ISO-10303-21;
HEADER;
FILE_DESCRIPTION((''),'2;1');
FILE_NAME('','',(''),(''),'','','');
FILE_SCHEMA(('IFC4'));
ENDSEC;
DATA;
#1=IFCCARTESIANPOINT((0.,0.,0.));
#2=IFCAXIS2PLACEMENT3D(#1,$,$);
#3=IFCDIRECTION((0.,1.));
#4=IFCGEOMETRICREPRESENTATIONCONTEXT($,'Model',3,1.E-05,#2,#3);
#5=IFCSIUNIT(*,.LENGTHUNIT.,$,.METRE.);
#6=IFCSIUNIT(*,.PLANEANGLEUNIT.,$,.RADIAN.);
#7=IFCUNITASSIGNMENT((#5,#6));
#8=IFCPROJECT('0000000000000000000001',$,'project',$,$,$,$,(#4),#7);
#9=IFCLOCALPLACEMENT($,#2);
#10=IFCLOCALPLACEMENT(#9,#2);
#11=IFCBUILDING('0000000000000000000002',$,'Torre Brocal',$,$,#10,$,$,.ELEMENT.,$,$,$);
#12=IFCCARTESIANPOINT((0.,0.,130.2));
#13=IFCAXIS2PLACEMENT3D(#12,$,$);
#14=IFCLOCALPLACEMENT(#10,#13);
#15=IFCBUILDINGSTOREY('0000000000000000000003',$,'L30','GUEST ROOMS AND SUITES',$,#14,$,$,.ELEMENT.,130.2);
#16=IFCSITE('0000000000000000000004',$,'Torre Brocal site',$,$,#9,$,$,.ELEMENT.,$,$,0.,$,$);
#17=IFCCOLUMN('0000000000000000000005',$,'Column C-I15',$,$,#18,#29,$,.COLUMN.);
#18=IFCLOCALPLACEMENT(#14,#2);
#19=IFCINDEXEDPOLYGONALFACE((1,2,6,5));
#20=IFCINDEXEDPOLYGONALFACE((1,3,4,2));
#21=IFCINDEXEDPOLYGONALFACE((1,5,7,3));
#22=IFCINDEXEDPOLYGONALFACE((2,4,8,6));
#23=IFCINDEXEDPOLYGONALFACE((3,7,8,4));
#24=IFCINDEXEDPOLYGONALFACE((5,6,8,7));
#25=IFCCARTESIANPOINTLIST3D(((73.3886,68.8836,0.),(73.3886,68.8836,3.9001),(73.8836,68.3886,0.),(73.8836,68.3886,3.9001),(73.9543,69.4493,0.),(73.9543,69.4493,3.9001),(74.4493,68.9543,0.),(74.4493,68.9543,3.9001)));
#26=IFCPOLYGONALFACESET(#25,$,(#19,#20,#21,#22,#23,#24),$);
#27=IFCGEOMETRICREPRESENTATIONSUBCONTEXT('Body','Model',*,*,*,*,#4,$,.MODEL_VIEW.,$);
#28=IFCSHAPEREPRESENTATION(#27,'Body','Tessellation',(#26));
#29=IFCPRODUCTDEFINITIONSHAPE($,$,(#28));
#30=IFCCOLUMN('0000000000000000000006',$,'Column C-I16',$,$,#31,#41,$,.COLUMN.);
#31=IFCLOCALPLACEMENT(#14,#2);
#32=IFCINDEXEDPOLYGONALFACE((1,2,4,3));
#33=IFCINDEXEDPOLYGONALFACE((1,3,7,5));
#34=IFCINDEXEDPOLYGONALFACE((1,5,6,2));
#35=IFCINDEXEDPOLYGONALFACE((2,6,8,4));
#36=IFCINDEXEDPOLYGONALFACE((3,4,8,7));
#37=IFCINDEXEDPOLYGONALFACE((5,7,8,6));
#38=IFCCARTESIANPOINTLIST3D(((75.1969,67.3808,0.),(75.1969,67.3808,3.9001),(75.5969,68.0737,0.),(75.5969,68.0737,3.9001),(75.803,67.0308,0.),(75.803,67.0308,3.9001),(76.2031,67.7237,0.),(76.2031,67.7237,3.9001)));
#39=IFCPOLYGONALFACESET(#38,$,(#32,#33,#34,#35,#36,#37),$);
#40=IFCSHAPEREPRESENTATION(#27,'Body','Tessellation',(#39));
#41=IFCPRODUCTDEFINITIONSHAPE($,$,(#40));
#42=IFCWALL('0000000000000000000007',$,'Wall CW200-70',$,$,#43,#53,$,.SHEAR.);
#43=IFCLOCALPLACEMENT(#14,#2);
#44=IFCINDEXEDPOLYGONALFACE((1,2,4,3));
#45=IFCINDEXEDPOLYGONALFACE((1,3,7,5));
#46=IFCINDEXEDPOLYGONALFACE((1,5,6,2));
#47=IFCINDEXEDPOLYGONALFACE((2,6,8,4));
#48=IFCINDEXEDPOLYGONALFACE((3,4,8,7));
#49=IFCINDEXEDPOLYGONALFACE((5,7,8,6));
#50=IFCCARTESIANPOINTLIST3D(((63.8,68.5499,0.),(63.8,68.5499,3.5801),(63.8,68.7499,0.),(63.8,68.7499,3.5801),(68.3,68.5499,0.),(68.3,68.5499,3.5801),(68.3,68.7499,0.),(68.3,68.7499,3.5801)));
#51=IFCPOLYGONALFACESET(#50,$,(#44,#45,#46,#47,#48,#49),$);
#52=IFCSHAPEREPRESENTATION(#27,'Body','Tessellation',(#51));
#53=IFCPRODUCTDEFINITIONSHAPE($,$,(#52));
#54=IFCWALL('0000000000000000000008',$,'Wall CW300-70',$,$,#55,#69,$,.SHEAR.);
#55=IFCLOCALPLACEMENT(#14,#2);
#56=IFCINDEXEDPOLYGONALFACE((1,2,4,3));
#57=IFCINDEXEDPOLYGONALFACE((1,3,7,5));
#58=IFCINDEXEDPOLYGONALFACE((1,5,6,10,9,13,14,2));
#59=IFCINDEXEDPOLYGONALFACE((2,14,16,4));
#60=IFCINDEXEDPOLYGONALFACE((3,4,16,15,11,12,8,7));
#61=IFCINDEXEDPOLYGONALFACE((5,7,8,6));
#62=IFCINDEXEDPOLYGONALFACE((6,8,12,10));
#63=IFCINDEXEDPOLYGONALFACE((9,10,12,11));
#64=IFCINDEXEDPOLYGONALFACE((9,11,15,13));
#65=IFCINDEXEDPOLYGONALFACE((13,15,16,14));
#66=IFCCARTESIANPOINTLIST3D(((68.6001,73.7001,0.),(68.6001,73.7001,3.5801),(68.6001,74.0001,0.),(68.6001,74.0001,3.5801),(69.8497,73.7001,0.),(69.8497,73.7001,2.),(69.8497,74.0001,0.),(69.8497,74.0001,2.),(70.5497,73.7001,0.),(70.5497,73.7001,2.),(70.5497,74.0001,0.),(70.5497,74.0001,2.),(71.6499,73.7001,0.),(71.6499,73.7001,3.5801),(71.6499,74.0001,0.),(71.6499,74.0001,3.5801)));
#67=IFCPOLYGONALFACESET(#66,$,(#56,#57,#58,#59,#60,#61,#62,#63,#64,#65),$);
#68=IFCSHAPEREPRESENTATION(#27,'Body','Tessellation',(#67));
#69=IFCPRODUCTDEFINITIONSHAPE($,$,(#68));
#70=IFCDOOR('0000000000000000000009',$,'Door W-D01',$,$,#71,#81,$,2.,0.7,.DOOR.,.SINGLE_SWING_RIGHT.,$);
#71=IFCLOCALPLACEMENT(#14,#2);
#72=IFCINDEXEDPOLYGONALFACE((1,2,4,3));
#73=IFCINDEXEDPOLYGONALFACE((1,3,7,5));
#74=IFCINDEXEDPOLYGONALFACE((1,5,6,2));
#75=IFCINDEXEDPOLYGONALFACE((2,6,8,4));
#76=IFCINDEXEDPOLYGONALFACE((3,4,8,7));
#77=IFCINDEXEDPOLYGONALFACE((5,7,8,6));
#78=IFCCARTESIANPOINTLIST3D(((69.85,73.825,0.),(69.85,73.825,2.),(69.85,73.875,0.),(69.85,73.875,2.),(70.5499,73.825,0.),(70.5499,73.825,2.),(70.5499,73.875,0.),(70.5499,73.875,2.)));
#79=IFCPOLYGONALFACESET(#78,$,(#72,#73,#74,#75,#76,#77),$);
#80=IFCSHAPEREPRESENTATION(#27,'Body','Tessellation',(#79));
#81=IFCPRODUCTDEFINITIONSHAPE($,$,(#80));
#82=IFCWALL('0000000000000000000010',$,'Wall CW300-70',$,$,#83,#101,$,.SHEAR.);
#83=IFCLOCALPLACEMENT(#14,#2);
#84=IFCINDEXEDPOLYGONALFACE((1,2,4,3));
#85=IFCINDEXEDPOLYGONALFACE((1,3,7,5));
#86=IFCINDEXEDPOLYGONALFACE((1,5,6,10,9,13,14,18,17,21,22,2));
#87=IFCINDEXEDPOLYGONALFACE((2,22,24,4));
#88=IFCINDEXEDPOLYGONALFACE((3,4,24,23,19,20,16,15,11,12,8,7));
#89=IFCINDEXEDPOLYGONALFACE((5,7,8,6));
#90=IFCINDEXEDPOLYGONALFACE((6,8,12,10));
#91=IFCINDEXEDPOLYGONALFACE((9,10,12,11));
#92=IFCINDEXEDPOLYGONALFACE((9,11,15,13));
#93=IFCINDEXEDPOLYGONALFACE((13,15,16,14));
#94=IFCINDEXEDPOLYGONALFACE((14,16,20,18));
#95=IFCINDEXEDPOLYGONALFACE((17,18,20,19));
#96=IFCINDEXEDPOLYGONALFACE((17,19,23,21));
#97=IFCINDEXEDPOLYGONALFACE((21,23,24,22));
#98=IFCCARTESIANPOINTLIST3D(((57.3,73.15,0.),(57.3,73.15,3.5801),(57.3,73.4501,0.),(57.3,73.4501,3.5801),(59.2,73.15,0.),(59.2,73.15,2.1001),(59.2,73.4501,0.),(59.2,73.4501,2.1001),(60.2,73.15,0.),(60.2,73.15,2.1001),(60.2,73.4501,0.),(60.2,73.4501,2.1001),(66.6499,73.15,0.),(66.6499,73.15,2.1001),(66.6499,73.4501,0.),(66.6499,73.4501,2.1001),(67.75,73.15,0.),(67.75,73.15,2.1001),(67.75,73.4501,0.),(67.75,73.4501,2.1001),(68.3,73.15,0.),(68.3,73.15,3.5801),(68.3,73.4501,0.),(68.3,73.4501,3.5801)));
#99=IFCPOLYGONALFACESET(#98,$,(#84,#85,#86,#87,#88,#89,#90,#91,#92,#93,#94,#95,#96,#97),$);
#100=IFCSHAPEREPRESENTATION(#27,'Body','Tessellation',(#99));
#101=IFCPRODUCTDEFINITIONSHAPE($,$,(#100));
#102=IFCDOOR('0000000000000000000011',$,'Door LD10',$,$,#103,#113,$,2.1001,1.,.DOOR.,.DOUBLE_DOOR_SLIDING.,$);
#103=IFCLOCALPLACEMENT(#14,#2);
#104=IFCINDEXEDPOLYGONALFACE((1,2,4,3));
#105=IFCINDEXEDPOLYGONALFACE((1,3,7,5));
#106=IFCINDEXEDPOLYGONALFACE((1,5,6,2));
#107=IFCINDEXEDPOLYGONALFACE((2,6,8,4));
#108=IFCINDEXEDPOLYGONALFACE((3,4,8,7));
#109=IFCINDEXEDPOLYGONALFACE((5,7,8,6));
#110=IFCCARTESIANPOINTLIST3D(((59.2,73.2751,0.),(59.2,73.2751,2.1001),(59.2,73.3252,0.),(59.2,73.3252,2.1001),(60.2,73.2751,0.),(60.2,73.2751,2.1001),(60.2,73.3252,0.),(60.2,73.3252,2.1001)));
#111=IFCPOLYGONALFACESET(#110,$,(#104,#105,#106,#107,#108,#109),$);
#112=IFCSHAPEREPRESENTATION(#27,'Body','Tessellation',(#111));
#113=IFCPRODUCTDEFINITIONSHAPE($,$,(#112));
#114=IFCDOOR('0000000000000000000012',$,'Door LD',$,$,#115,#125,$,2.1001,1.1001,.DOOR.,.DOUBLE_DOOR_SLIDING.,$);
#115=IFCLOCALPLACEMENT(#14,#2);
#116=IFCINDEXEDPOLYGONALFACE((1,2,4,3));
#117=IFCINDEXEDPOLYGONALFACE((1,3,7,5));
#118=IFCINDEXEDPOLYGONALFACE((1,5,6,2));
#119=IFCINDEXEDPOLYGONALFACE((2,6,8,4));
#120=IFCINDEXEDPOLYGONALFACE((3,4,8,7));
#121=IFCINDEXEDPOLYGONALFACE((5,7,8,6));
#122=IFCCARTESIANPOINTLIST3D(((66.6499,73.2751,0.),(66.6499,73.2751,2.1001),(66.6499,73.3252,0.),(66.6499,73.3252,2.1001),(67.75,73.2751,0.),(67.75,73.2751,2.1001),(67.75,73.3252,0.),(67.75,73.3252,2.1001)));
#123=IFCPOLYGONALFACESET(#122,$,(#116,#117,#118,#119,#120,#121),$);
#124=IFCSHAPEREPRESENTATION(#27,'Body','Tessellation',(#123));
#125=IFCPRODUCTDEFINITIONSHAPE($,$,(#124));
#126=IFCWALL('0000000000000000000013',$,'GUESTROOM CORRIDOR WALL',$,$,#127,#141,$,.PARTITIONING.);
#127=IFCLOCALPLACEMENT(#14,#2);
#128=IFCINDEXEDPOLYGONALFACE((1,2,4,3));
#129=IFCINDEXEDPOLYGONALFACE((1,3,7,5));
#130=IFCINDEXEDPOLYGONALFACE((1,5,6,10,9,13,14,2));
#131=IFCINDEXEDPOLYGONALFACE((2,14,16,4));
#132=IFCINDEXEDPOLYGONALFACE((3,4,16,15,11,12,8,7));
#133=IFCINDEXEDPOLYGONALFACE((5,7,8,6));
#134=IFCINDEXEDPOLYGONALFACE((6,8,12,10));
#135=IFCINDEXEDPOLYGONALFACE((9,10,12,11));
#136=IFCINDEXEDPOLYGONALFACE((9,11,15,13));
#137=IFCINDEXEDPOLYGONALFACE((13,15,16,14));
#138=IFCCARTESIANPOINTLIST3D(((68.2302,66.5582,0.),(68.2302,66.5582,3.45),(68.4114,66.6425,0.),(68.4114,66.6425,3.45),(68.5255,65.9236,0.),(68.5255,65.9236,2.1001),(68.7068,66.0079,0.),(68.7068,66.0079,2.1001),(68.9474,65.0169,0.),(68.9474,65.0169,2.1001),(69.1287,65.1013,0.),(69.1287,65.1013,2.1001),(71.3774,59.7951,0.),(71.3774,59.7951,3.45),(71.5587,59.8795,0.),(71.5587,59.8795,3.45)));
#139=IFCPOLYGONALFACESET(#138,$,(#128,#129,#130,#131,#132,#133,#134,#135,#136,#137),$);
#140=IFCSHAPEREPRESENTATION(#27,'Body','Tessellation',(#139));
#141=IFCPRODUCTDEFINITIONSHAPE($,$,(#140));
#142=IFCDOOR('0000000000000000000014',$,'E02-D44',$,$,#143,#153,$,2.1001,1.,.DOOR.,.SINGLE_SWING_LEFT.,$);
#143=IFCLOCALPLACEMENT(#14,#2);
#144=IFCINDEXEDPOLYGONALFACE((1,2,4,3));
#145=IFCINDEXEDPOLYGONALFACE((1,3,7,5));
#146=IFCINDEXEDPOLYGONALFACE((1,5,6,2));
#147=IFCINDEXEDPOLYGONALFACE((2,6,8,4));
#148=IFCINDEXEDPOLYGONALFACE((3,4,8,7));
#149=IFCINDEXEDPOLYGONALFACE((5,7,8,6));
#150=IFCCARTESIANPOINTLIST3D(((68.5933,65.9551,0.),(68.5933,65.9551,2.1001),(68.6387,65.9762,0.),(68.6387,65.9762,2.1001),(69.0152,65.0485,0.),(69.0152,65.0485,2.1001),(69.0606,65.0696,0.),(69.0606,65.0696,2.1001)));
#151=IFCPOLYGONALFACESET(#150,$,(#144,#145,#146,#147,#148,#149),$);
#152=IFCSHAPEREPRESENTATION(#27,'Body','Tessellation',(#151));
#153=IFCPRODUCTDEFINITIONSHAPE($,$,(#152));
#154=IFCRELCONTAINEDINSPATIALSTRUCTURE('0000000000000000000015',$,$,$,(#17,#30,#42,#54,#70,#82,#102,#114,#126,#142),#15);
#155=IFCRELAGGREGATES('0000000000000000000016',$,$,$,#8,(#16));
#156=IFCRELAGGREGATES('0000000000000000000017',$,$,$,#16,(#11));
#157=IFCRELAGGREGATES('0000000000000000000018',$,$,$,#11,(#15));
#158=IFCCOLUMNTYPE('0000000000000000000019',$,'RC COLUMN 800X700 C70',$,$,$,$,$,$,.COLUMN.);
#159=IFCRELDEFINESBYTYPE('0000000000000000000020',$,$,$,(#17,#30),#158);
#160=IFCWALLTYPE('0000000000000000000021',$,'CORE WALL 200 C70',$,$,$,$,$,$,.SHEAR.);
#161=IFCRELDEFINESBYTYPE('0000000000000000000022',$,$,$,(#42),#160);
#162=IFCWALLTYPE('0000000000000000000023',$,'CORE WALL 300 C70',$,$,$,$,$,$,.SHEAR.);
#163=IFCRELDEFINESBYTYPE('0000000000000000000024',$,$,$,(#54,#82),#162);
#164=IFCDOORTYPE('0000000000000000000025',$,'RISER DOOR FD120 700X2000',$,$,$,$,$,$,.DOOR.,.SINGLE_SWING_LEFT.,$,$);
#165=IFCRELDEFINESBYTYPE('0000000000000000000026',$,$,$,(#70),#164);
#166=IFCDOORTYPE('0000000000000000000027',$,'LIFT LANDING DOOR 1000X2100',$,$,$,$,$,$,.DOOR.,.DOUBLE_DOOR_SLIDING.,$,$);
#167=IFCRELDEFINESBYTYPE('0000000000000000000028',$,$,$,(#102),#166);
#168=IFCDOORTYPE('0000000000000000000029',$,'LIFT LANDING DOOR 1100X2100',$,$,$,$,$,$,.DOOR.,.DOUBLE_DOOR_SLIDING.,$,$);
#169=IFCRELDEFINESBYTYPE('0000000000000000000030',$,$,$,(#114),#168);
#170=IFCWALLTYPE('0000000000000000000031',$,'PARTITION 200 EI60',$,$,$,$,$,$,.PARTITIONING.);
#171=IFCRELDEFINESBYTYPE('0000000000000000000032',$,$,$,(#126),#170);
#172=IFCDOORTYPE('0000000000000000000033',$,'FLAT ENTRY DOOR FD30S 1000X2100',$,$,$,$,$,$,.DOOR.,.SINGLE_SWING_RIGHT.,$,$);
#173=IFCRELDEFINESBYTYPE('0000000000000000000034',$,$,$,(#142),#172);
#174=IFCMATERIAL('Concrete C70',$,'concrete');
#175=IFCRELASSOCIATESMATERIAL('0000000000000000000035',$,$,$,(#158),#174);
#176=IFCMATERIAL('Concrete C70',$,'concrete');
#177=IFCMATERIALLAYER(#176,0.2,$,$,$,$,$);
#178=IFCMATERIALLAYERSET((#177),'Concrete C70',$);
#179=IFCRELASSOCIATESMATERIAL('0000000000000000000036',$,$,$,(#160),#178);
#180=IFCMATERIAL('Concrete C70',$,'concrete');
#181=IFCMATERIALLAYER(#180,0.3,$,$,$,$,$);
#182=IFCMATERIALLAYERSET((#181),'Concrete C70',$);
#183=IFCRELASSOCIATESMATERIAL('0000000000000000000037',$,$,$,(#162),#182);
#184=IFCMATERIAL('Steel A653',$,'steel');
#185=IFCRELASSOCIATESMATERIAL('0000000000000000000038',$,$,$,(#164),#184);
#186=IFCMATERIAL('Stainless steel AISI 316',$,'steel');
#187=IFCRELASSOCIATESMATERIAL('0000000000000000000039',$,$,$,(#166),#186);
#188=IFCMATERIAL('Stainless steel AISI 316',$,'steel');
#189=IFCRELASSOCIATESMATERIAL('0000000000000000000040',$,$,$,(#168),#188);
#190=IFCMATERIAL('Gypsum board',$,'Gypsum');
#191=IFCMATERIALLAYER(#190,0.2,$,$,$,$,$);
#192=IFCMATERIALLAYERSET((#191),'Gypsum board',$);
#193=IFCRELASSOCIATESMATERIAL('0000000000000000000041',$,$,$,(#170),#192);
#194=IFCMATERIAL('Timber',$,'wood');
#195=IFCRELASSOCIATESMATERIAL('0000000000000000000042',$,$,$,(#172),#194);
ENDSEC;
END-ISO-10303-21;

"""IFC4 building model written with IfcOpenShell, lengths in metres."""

from ifc_helpers import new_model, si_unit, direction, frame, frame_2d, origin, origin_2d, place, context, subcontext, project, spatial, rectangle, extrude, material, layer, layer_set, material_profile, profile_set, type_object, element, fill, save


model = new_model("IFC4")

# Units and contexts
model_context = context("Model", 3, precision=1e-05, world=origin(), true_north=direction((0.0, 1.0)))
body_context = subcontext(model_context, "Body", "Model", "MODEL_VIEW")
ifc_project = project(units=[si_unit("LENGTHUNIT", "METRE"), si_unit("PLANEANGLEUNIT", "RADIAN")], contexts=[model_context])

# Site, building, storey
site_placement = place(None, origin())
site = spatial("IfcSite", under=ifc_project, at=site_placement, Name="Torre Brocal site", CompositionType="ELEMENT", RefElevation=0.0)
building_placement = place(site_placement, origin())
building = spatial("IfcBuilding", under=site, at=building_placement, Name="Torre Brocal", CompositionType="ELEMENT")
storey_placement = place(building_placement, frame((0.0, 0.0, 130.2)))
storey = spatial("IfcBuildingStorey", under=building, at=storey_placement, Name="L30", Description="GUEST ROOMS AND SUITES", CompositionType="ELEMENT", Elevation=130.2)

# Columns
ifc_material_1 = material(Name="Concrete C70", Category="concrete")
ifc_material_profile = material_profile(ifc_material_1, rectangle(XDim=0.8, YDim=0.7, at=origin_2d()), Name="RC 800X700")
ifc_profile_set = profile_set([ifc_material_profile], Name="Concrete C70")
column_type = type_object("IfcColumnType", Name="RC COLUMN 800X700 C70", PredefinedType="COLUMN", material=ifc_profile_set)
for number, where, z_axis, x_axis, name in (
    (1, (73.9189, 68.9189, 0.0), (0.0, 0.0, 1.0), (-0.707107, -0.707107, 0.0), "Column C-I15"),
    (2, (75.7, 67.5522, 0.0), (0.0, 0.0, 1.0), (-0.5, -0.866025, 0.0), "Column C-I16"),
):
    element("IfcColumn", number, at=place(storey_placement, frame(where, z_axis=z_axis, x_axis=x_axis)), inside=storey, type_object=column_type, Name=name, PredefinedType="COLUMN", context=body_context, shape_type="SweptSolid", body=[
        extrude(rectangle(XDim=0.8, YDim=0.7, at=origin_2d()), origin(), (0.0, 0.0, 1.0), 3.9001),
    ])

# Wall
ifc_material_2 = material(Name="Concrete C70", Category="concrete")
ifc_layer_1 = layer(ifc_material_2, 0.2)
ifc_layer_set_1 = layer_set([ifc_layer_1], Name="Concrete C70")
wall_type_1 = type_object("IfcWallType", Name="CORE WALL 200 C70", PredefinedType="SHEAR", material=ifc_layer_set_1)
wall_1_placement = place(storey_placement, frame((68.3, 68.6499, 0.0), z_axis=(0.0, 0.0, 1.0), x_axis=(-1.0, 0.0, 0.0)))
element("IfcWall", 3, at=wall_1_placement, inside=storey, type_object=wall_type_1, Name="Wall CW200-70", PredefinedType="SHEAR", context=body_context, shape_type="SweptSolid", body=[
    extrude(rectangle(XDim=4.5, YDim=0.2, at=frame_2d((2.25, 0.0))), origin(), (0.0, 0.0, 1.0), 3.5801),
])

# Wall, opening, door
ifc_material_3 = material(Name="Concrete C70", Category="concrete")
ifc_layer_2 = layer(ifc_material_3, 0.3)
ifc_layer_set_2 = layer_set([ifc_layer_2], Name="Concrete C70")
wall_type_2 = type_object("IfcWallType", Name="CORE WALL 300 C70", PredefinedType="SHEAR", material=ifc_layer_set_2)
wall_2_placement = place(storey_placement, frame((71.6499, 73.8501, 0.0), z_axis=(0.0, 0.0, 1.0), x_axis=(-1.0, 0.0, 0.0)))
wall_2 = element("IfcWall", 4, at=wall_2_placement, inside=storey, type_object=wall_type_2, Name="Wall CW300-70", PredefinedType="SHEAR", context=body_context, shape_type="SweptSolid", body=[
    extrude(rectangle(XDim=3.0498, YDim=0.3, at=frame_2d((1.5249, 0.0))), origin(), (0.0, 0.0, 1.0), 3.5801),
])
opening_1_placement = place(wall_2_placement, frame((1.1001, 0.0, 0.0)))
opening_1 = element("IfcOpeningElement", 5, at=opening_1_placement, cuts=wall_2, PredefinedType="OPENING", context=body_context, shape_type="SweptSolid", body=[
    extrude(rectangle(XDim=0.7, YDim=2.0, at=frame_2d((0.3501, 1.0))), frame((0.0, 0.1599, 0.0), z_axis=(0.0, -1.0, 0.0), x_axis=(1.0, 0.0, 0.0)), (0.0, 0.0, 1.0), 0.3201),
])
ifc_material_4 = material(Name="Steel A653", Category="steel")
door_type_1 = type_object("IfcDoorType", Name="RISER DOOR FD120 700X2000", OperationType="SINGLE_SWING_LEFT", PredefinedType="DOOR", material=ifc_material_4)
door_1_placement = place(opening_1_placement, frame((0.7, 0.0, 0.0), z_axis=(0.0, 0.0, 1.0), x_axis=(-1.0, 0.0, 0.0)))
door_1 = element("IfcDoor", 6, at=door_1_placement, inside=storey, type_object=door_type_1, Name="Door W-D01", OperationType="SINGLE_SWING_RIGHT", OverallHeight=2.0, OverallWidth=0.7, PredefinedType="DOOR", context=body_context, shape_type="SweptSolid", body=[
    extrude(rectangle(XDim=0.7, YDim=2.0, at=frame_2d((0.3501, 1.0))), frame((0.0, 0.0249, 0.0), z_axis=(0.0, -1.0, 0.0), x_axis=(1.0, 0.0, 0.0)), (0.0, 0.0, 1.0), 0.05),
])
fill(opening_1, door_1)

# Wall, openings, doors
wall_3_placement = place(storey_placement, frame((68.3, 73.3, 0.0), z_axis=(0.0, 0.0, 1.0), x_axis=(-1.0, 0.0, 0.0)))
wall_3 = element("IfcWall", 7, at=wall_3_placement, inside=storey, type_object=wall_type_2, Name="Wall CW300-70", PredefinedType="SHEAR", context=body_context, shape_type="SweptSolid", body=[
    extrude(rectangle(XDim=11.0, YDim=0.3, at=frame_2d((5.5, 0.0))), origin(), (0.0, 0.0, 1.0), 3.5801),
])
opening_2_placement = place(wall_3_placement, frame((0.55, 0.0, 0.0)))
opening_2 = element("IfcOpeningElement", 8, at=opening_2_placement, cuts=wall_3, PredefinedType="OPENING", context=body_context, shape_type="SweptSolid", body=[
    extrude(rectangle(XDim=1.1001, YDim=2.1001, at=frame_2d((0.55, 1.05))), frame((0.0, 0.1599, 0.0), z_axis=(0.0, -1.0, 0.0), x_axis=(1.0, 0.0, 0.0)), (0.0, 0.0, 1.0), 0.3201),
])
opening_3_placement = place(wall_3_placement, frame((8.1001, 0.0, 0.0)))
opening_3 = element("IfcOpeningElement", 9, at=opening_3_placement, cuts=wall_3, PredefinedType="OPENING", context=body_context, shape_type="SweptSolid", body=[
    extrude(rectangle(XDim=1.0, YDim=2.1001, at=frame_2d((0.5, 1.05))), frame((0.0, 0.1599, 0.0), z_axis=(0.0, -1.0, 0.0), x_axis=(1.0, 0.0, 0.0)), (0.0, 0.0, 1.0), 0.3201),
])
ifc_material_5 = material(Name="Stainless steel AISI 316", Category="steel")
door_type_2 = type_object("IfcDoorType", Name="LIFT LANDING DOOR 1000X2100", OperationType="DOUBLE_DOOR_SLIDING", PredefinedType="DOOR", material=ifc_material_5)
door_2_placement = place(opening_3_placement, origin())
door_2 = element("IfcDoor", 10, at=door_2_placement, inside=storey, type_object=door_type_2, Name="Door LD10", OperationType="DOUBLE_DOOR_SLIDING", OverallHeight=2.1001, OverallWidth=1.0, PredefinedType="DOOR", context=body_context, shape_type="SweptSolid", body=[
    extrude(rectangle(XDim=1.0, YDim=2.1001, at=frame_2d((0.5, 1.05))), frame((0.0, 0.0249, 0.0), z_axis=(0.0, -1.0, 0.0), x_axis=(1.0, 0.0, 0.0)), (0.0, 0.0, 1.0), 0.05),
])
fill(opening_3, door_2)
ifc_material_6 = material(Name="Stainless steel AISI 316", Category="steel")
door_type_3 = type_object("IfcDoorType", Name="LIFT LANDING DOOR 1100X2100", OperationType="DOUBLE_DOOR_SLIDING", PredefinedType="DOOR", material=ifc_material_6)
door_3_placement = place(opening_2_placement, origin())
door_3 = element("IfcDoor", 11, at=door_3_placement, inside=storey, type_object=door_type_3, Name="Door LD", OperationType="DOUBLE_DOOR_SLIDING", OverallHeight=2.1001, OverallWidth=1.1001, PredefinedType="DOOR", context=body_context, shape_type="SweptSolid", body=[
    extrude(rectangle(XDim=1.1001, YDim=2.1001, at=frame_2d((0.55, 1.05))), frame((0.0, 0.0249, 0.0), z_axis=(0.0, -1.0, 0.0), x_axis=(1.0, 0.0, 0.0)), (0.0, 0.0, 1.0), 0.05),
])
fill(opening_2, door_3)

# Wall, opening, door
ifc_material_7 = material(Name="Gypsum board", Category="Gypsum")
ifc_layer_3 = layer(ifc_material_7, 0.2)
ifc_layer_set_3 = layer_set([ifc_layer_3], Name="Gypsum board")
wall_type_3 = type_object("IfcWallType", Name="PARTITION 200 EI60", PredefinedType="PARTITIONING", material=ifc_layer_set_3)
wall_4_placement = place(storey_placement, frame((68.3208, 66.6003, 0.0), z_axis=(0.0, 0.0, 1.0), x_axis=(0.421914, -0.906636, 0.0)))
wall_4 = element("IfcWall", 12, at=wall_4_placement, inside=storey, type_object=wall_type_3, Name="GUESTROOM CORRIDOR WALL", PredefinedType="PARTITIONING", context=body_context, shape_type="SweptSolid", body=[
    extrude(rectangle(XDim=7.4595, YDim=0.2, at=frame_2d((3.7297, 0.0))), origin(), (0.0, 0.0, 1.0), 3.45),
])
opening_4_placement = place(wall_4_placement, frame((0.7, 0.0, 0.0)))
opening_4 = element("IfcOpeningElement", 13, at=opening_4_placement, cuts=wall_4, PredefinedType="OPENING", context=body_context, shape_type="SweptSolid", body=[
    extrude(rectangle(XDim=1.0, YDim=2.1001, at=frame_2d((0.5, 1.05))), frame((0.0, 0.1099, 0.0), z_axis=(0.0, -1.0, 0.0), x_axis=(1.0, 0.0, 0.0)), (0.0, 0.0, 1.0), 0.22),
])
ifc_material_8 = material(Name="Timber", Category="wood")
door_type_4 = type_object("IfcDoorType", Name="FLAT ENTRY DOOR FD30S 1000X2100", OperationType="SINGLE_SWING_RIGHT", PredefinedType="DOOR", material=ifc_material_8)
door_4_placement = place(opening_4_placement, origin())
door_4 = element("IfcDoor", 14, at=door_4_placement, inside=storey, type_object=door_type_4, Name="E02-D44", OperationType="SINGLE_SWING_LEFT", OverallHeight=2.1001, OverallWidth=1.0, PredefinedType="DOOR", context=body_context, shape_type="SweptSolid", body=[
    extrude(rectangle(XDim=1.0, YDim=2.1001, at=frame_2d((0.5, 1.05))), frame((0.0, 0.0249, 0.0), z_axis=(0.0, -1.0, 0.0), x_axis=(1.0, 0.0, 0.0)), (0.0, 0.0, 1.0), 0.05),
])
fill(opening_4, door_4)

save(model, "model.ifc")
